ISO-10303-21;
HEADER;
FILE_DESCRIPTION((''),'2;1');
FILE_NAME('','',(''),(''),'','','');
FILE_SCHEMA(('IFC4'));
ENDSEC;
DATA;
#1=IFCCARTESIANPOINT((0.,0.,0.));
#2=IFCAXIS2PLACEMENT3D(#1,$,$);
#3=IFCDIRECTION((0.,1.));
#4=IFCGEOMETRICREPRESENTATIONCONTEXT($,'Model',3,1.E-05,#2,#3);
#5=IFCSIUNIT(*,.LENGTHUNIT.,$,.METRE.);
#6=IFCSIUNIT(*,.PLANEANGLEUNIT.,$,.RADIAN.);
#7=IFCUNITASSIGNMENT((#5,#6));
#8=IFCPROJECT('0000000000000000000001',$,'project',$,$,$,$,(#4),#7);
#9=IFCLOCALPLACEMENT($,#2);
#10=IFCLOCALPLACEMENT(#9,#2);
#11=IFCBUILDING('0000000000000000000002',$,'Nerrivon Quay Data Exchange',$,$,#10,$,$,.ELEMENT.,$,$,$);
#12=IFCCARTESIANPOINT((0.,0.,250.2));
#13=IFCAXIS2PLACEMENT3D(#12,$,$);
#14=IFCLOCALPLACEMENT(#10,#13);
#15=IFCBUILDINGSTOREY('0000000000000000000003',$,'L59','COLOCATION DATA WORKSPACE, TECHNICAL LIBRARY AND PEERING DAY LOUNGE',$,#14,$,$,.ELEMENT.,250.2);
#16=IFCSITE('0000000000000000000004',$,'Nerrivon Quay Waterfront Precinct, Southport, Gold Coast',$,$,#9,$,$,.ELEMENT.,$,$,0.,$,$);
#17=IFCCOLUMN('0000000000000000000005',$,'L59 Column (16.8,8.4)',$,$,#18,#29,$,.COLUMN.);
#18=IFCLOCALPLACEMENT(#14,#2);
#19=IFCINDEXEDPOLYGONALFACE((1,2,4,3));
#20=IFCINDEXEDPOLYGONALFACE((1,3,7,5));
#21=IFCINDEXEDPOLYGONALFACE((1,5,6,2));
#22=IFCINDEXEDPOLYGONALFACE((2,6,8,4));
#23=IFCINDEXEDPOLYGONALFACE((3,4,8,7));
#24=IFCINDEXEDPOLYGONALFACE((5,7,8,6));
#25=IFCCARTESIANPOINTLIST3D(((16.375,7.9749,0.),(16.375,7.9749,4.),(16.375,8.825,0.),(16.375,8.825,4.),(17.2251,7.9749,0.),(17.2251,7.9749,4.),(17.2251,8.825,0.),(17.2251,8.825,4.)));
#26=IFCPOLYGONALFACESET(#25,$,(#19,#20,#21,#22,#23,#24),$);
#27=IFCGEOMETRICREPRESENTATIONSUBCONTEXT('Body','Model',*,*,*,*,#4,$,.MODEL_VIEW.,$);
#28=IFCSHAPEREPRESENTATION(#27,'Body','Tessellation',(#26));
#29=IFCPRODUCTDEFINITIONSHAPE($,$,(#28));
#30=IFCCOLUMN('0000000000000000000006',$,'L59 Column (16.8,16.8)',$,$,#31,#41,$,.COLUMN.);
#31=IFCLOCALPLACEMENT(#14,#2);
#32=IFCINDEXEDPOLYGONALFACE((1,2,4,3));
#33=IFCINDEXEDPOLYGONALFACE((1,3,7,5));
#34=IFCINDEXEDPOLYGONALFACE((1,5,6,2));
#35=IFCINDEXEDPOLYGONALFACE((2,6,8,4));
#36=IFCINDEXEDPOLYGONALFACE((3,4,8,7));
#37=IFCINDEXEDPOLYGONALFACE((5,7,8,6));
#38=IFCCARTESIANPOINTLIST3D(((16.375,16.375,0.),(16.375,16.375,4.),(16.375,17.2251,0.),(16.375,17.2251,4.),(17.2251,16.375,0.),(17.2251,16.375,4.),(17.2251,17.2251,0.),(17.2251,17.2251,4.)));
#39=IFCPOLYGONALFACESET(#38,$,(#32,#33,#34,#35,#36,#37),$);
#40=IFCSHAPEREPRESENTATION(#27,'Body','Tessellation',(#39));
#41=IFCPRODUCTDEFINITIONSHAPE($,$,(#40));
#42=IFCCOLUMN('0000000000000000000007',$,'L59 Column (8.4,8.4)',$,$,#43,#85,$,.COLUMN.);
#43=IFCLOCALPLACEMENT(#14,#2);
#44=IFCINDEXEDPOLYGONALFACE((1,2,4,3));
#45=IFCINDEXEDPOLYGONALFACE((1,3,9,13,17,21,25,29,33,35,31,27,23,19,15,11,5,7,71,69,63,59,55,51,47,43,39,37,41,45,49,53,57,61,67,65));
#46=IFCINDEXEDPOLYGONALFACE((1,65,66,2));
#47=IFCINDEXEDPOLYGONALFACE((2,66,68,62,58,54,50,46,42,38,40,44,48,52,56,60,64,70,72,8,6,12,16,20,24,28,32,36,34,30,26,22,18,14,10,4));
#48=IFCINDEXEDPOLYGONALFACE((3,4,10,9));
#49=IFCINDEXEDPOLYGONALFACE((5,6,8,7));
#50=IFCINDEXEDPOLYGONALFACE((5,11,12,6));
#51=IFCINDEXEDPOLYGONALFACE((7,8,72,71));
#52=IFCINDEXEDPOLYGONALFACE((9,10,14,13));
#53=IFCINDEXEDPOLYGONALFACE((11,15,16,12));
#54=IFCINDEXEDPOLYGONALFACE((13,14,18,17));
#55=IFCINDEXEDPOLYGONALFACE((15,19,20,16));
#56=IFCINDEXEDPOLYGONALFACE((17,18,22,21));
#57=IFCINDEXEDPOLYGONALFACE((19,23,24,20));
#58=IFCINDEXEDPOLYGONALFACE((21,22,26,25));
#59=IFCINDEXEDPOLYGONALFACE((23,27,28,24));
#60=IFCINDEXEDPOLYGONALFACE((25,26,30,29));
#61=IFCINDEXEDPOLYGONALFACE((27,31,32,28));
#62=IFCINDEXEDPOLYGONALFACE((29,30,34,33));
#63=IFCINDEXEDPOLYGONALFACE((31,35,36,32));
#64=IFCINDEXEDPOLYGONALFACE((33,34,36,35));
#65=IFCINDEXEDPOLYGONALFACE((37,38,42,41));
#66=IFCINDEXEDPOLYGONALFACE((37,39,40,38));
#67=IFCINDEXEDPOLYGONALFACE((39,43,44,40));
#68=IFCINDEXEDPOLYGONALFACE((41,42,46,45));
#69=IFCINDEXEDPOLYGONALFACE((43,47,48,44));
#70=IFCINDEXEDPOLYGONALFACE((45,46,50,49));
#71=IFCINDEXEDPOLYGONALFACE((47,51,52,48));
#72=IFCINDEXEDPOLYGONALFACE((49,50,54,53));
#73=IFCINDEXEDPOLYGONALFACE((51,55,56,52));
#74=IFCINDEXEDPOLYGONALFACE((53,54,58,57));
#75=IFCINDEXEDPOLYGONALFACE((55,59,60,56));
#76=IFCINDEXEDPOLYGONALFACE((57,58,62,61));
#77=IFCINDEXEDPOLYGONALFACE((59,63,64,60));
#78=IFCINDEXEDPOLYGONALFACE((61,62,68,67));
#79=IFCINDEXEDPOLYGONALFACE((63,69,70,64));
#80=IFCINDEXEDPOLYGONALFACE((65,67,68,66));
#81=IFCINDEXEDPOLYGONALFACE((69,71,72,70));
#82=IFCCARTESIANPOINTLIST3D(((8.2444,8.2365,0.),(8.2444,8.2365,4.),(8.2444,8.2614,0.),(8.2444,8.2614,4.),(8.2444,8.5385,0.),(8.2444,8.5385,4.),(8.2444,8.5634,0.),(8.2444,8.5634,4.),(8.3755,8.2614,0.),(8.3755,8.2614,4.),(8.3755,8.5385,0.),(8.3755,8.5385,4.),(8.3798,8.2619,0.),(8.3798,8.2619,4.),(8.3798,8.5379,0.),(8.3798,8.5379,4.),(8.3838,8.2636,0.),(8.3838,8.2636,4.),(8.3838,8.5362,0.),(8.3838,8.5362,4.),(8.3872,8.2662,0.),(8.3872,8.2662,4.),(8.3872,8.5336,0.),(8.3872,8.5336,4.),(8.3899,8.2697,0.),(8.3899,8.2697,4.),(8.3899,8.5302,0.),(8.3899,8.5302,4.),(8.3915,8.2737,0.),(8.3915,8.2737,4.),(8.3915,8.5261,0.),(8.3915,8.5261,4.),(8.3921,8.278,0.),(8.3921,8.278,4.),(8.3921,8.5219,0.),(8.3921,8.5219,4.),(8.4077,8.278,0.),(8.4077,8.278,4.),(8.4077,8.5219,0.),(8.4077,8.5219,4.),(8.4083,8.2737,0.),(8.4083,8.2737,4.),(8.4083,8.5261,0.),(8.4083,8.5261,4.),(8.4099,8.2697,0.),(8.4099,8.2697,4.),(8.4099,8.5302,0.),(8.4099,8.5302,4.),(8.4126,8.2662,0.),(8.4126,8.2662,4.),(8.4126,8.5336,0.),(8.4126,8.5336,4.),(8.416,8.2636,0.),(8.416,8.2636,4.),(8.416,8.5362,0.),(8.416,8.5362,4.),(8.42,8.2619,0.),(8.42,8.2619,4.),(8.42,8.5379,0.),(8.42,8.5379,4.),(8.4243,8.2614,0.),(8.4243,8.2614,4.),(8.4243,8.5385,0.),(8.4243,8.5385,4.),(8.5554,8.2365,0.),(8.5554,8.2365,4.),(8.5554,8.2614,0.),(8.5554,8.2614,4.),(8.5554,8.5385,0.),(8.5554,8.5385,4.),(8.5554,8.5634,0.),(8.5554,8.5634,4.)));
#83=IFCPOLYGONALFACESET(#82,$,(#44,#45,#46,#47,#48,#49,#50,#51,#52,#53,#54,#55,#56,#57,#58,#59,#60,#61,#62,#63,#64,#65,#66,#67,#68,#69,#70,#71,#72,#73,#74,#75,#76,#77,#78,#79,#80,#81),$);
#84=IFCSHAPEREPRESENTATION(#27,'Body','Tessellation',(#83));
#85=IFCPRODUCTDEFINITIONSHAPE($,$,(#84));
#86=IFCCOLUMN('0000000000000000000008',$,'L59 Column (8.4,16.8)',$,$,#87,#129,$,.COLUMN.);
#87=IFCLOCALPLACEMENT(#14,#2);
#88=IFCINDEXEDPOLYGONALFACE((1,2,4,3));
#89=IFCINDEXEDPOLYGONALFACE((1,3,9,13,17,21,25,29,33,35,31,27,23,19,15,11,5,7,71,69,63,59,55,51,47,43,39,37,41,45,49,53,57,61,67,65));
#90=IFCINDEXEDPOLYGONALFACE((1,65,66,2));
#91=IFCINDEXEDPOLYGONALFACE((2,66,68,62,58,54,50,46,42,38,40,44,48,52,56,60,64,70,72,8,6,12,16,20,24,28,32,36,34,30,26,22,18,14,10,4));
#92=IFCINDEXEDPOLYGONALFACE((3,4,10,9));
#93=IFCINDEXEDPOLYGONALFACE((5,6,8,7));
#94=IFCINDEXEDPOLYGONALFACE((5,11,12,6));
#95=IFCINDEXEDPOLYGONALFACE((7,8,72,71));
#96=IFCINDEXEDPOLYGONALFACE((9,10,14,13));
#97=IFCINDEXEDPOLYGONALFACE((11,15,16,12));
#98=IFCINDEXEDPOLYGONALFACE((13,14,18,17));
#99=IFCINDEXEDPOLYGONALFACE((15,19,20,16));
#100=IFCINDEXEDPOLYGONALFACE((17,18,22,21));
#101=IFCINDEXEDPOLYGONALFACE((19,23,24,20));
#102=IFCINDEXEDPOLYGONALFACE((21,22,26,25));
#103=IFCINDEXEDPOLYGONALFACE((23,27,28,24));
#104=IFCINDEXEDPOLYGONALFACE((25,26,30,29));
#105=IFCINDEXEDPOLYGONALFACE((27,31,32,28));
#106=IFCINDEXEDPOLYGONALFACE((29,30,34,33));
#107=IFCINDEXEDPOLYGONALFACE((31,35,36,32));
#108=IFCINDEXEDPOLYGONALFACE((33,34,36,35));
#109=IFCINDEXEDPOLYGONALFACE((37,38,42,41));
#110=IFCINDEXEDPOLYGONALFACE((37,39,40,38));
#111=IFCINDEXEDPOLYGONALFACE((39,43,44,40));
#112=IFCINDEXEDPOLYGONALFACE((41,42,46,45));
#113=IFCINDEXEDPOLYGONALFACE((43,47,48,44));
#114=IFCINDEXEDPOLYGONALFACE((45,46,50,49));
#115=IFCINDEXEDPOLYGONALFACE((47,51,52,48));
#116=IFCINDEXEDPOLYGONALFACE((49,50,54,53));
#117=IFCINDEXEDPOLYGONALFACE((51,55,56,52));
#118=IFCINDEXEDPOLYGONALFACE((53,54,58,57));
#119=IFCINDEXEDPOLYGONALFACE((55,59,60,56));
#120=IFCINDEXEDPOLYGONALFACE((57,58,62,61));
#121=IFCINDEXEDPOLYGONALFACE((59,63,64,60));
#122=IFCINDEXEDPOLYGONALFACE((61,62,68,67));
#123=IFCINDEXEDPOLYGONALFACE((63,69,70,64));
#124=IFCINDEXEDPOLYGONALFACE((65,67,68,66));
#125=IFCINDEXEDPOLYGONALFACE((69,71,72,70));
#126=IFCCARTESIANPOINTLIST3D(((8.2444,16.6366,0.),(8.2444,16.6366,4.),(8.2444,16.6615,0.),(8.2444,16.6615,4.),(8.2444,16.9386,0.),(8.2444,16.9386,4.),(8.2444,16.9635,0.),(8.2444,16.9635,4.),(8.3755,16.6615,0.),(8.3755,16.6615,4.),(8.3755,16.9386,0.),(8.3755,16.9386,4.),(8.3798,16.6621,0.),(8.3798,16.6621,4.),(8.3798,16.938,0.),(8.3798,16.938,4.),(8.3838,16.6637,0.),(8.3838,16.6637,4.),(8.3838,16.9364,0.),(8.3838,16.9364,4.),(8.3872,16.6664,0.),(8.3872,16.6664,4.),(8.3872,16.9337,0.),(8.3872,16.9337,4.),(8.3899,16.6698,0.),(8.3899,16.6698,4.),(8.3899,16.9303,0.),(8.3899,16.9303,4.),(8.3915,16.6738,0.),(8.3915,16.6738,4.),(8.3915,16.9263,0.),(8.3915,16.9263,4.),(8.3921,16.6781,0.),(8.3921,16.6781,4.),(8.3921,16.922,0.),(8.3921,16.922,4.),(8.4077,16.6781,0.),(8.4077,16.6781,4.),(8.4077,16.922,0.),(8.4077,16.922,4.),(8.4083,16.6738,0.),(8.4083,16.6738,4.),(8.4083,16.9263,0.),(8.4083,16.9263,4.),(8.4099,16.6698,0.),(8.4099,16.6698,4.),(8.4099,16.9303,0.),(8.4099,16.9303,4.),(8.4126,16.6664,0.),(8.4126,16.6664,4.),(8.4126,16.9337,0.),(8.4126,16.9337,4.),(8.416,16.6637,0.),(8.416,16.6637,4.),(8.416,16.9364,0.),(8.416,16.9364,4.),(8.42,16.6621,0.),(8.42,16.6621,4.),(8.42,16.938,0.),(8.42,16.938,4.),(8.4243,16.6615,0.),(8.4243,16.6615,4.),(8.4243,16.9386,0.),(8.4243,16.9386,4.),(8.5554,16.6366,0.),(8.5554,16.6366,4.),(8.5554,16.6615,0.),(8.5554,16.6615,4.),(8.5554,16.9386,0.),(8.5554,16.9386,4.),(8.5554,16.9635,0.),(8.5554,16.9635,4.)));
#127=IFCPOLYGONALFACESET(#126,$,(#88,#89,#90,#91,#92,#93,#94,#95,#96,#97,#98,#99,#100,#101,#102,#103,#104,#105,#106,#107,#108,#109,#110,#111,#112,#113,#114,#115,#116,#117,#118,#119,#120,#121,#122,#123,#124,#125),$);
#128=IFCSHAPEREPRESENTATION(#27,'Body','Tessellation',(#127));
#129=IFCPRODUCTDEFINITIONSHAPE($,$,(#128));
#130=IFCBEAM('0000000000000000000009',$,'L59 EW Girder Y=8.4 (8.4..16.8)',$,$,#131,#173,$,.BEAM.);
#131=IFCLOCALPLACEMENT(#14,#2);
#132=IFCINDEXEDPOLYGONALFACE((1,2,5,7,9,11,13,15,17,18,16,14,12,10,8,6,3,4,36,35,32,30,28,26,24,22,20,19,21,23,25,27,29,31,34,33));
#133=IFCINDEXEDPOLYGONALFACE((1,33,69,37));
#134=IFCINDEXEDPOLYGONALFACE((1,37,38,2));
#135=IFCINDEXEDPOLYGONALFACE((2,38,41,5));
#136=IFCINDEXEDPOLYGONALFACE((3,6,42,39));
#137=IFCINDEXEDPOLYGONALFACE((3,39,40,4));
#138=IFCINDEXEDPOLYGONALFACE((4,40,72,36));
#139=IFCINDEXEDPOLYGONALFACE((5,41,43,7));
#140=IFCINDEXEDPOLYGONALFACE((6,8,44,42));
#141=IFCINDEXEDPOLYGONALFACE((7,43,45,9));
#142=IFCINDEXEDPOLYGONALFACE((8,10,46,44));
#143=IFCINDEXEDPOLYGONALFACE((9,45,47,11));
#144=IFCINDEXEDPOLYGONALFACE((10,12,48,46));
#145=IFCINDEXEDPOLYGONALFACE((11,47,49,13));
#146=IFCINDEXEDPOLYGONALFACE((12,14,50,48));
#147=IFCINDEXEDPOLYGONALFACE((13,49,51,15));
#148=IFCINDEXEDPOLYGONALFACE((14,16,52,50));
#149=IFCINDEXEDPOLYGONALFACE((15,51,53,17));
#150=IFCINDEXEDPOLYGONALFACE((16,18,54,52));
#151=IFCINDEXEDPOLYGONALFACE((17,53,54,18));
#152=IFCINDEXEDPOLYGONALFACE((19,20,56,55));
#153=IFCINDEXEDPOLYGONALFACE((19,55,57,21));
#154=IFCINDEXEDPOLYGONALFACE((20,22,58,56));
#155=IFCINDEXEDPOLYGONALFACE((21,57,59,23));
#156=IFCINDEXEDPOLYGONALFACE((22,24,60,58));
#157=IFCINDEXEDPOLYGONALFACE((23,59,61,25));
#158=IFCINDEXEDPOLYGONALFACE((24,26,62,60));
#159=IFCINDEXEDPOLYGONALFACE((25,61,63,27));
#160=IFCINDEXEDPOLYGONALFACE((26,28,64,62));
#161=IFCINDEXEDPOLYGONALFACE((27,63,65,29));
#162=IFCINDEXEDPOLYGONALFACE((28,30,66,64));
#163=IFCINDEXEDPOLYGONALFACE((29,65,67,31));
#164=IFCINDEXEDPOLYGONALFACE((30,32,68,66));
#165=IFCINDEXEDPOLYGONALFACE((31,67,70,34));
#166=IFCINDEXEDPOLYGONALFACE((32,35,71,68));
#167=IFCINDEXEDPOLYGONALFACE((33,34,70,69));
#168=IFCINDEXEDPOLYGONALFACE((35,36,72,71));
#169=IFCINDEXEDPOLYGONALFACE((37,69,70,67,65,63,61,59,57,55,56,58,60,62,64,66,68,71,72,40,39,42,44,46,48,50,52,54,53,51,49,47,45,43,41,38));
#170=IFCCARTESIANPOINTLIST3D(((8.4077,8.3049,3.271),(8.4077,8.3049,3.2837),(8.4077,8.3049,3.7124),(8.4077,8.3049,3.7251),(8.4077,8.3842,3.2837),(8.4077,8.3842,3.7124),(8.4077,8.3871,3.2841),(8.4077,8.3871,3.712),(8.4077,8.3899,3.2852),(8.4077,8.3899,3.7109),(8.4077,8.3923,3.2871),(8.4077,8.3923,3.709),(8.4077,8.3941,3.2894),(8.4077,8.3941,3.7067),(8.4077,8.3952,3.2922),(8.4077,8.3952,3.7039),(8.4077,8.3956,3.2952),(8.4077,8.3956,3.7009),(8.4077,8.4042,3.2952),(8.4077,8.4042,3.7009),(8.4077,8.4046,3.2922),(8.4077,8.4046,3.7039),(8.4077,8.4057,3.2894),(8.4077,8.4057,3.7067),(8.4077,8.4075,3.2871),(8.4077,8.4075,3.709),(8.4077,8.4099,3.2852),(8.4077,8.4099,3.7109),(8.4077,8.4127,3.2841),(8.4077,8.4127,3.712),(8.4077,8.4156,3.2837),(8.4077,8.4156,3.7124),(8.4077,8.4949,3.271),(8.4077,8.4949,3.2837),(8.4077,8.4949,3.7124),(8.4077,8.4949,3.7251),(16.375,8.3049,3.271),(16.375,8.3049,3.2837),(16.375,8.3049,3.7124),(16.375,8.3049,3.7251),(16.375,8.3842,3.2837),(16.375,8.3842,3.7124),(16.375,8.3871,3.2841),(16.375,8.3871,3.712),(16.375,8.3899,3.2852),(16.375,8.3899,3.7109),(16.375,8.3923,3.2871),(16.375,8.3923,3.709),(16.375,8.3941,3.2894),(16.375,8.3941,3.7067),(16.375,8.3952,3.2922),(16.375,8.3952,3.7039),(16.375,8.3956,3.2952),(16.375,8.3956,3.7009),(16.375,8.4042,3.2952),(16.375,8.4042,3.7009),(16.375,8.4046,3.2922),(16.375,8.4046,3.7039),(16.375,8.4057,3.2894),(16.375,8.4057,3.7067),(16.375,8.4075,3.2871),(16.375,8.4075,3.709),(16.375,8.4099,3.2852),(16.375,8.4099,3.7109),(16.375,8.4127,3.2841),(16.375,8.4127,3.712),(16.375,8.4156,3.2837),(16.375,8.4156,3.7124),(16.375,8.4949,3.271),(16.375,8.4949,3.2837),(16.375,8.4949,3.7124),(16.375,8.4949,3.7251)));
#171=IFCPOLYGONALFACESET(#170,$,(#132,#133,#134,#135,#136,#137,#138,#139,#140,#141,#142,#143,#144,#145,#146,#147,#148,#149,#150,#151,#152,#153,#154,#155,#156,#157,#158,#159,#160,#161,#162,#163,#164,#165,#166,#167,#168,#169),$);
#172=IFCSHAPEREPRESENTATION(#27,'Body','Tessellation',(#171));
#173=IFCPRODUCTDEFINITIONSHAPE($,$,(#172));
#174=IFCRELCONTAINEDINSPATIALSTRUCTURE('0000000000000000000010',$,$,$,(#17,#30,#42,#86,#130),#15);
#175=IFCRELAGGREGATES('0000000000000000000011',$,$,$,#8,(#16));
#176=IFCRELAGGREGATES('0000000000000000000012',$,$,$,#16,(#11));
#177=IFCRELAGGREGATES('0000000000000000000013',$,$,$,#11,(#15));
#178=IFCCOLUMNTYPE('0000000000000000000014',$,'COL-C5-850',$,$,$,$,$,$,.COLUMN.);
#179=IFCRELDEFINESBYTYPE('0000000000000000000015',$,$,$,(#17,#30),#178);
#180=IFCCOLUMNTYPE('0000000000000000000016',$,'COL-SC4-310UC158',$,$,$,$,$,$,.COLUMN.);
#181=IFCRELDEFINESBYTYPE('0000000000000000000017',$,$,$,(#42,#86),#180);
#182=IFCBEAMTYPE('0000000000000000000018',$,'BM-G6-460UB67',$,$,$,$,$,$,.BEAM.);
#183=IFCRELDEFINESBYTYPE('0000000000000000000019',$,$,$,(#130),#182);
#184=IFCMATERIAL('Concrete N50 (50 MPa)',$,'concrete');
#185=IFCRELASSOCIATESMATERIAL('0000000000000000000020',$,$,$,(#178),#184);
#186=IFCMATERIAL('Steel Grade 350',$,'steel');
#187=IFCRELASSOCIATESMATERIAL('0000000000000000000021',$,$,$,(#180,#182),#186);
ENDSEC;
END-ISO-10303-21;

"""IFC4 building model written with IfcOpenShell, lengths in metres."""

from ifc_helpers import new_model, si_unit, direction, frame, origin, origin_2d, place, context, subcontext, project, spatial, rectangle, i_section, extrude, material, material_profile, profile_set, type_object, element, save


model = new_model("IFC4")

# Units and contexts
model_context = context("Model", 3, precision=1e-05, world=origin(), true_north=direction((0.0, 1.0)))
body_context = subcontext(model_context, "Body", "Model", "MODEL_VIEW")
ifc_project = project(units=[si_unit("LENGTHUNIT", "METRE"), si_unit("PLANEANGLEUNIT", "RADIAN")], contexts=[model_context])

# Site, building, storey
site_placement = place(None, origin())
site = spatial("IfcSite", under=ifc_project, at=site_placement, Name="Nerrivon Quay Waterfront Precinct, Southport, Gold Coast", CompositionType="ELEMENT", RefElevation=0.0)
building_placement = place(site_placement, origin())
building = spatial("IfcBuilding", under=site, at=building_placement, Name="Nerrivon Quay Data Exchange", CompositionType="ELEMENT")
storey_placement = place(building_placement, frame((0.0, 0.0, 250.2)))
storey = spatial("IfcBuildingStorey", under=building, at=storey_placement, Name="L59", Description="COLOCATION DATA WORKSPACE, TECHNICAL LIBRARY AND PEERING DAY LOUNGE", CompositionType="ELEMENT", Elevation=250.2)

# Columns
ifc_material_1 = material(Name="Concrete N50 (50 MPa)", Category="concrete")
ifc_material_profile_1 = material_profile(ifc_material_1, rectangle(XDim=0.8501, YDim=0.8501, at=origin_2d()), Name="RC-COL-850x850")
ifc_profile_set_1 = profile_set([ifc_material_profile_1], Name="Concrete N50 (50 MPa)")
column_type_1 = type_object("IfcColumnType", Name="COL-C5-850", PredefinedType="COLUMN", material=ifc_profile_set_1)
for number, where, z_axis, x_axis, name in (
    (1, (16.8, 8.3999, 0.0), (0.0, 0.0, 1.0), (1.0, 0.0, 0.0), "L59 Column (16.8,8.4)"),
    (2, (16.8, 16.8, 0.0), (0.0, 0.0, 1.0), (1.0, 0.0, 0.0), "L59 Column (16.8,16.8)"),
):
    element("IfcColumn", number, at=place(storey_placement, frame(where, z_axis=z_axis, x_axis=x_axis)), inside=storey, type_object=column_type_1, Name=name, PredefinedType="COLUMN", context=body_context, shape_type="SweptSolid", body=[
        extrude(rectangle(XDim=0.8501, YDim=0.8501, at=origin_2d()), origin(), (0.0, 0.0, 1.0), 4.0),
    ])
ifc_material_2 = material(Name="Steel Grade 350", Category="steel")
ifc_material_profile_2 = material_profile(ifc_material_2, i_section(OverallWidth=0.311, OverallDepth=0.3269, WebThickness=0.0156, FlangeThickness=0.0249, FilletRadius=0.0166, at=origin_2d()), Name="310UC158")
ifc_profile_set_2 = profile_set([ifc_material_profile_2], Name="Steel Grade 350")
column_type_2 = type_object("IfcColumnType", Name="COL-SC4-310UC158", PredefinedType="COLUMN", material=ifc_profile_set_2)
for number, where, z_axis, x_axis, name in (
    (3, (8.3999, 8.3999, 0.0), (0.0, 0.0, 1.0), (1.0, 0.0, 0.0), "L59 Column (8.4,8.4)"),
    (4, (8.3999, 16.8, 0.0), (0.0, 0.0, 1.0), (1.0, 0.0, 0.0), "L59 Column (8.4,16.8)"),
):
    element("IfcColumn", number, at=place(storey_placement, frame(where, z_axis=z_axis, x_axis=x_axis)), inside=storey, type_object=column_type_2, Name=name, PredefinedType="COLUMN", context=body_context, shape_type="SweptSolid", body=[
        extrude(i_section(OverallWidth=0.311, OverallDepth=0.3269, WebThickness=0.0156, FlangeThickness=0.0249, FilletRadius=0.0166, at=origin_2d()), origin(), (0.0, 0.0, 1.0), 4.0),
    ])

# Beam
ifc_material_profile_3 = material_profile(ifc_material_2, i_section(OverallWidth=0.1899, OverallDepth=0.4541, WebThickness=0.0085, FlangeThickness=0.0127, FilletRadius=0.0115, at=origin_2d()), Name="460UB67.1")
ifc_profile_set_3 = profile_set([ifc_material_profile_3], Name="Steel Grade 350")
beam_type_1 = type_object("IfcBeamType", Name="BM-G6-460UB67", PredefinedType="BEAM", material=ifc_profile_set_3)
for number, where, z_axis, x_axis, name in (
    (5, (8.4077, 8.3999, 3.498), (1.0, 0.0, 0.0), (0.0, 1.0, 0.0), "L59 EW Girder Y=8.4 (8.4..16.8)"),
):
    element("IfcBeam", number, at=place(storey_placement, frame(where, z_axis=z_axis, x_axis=x_axis)), inside=storey, type_object=beam_type_1, Name=name, PredefinedType="BEAM", context=body_context, shape_type="SweptSolid", body=[
        extrude(i_section(OverallWidth=0.1899, OverallDepth=0.4541, WebThickness=0.0085, FlangeThickness=0.0127, FilletRadius=0.0115, at=origin_2d()), origin(), (0.0, 0.0, 1.0), 7.9673),
    ])

save(model, "model.ifc")
